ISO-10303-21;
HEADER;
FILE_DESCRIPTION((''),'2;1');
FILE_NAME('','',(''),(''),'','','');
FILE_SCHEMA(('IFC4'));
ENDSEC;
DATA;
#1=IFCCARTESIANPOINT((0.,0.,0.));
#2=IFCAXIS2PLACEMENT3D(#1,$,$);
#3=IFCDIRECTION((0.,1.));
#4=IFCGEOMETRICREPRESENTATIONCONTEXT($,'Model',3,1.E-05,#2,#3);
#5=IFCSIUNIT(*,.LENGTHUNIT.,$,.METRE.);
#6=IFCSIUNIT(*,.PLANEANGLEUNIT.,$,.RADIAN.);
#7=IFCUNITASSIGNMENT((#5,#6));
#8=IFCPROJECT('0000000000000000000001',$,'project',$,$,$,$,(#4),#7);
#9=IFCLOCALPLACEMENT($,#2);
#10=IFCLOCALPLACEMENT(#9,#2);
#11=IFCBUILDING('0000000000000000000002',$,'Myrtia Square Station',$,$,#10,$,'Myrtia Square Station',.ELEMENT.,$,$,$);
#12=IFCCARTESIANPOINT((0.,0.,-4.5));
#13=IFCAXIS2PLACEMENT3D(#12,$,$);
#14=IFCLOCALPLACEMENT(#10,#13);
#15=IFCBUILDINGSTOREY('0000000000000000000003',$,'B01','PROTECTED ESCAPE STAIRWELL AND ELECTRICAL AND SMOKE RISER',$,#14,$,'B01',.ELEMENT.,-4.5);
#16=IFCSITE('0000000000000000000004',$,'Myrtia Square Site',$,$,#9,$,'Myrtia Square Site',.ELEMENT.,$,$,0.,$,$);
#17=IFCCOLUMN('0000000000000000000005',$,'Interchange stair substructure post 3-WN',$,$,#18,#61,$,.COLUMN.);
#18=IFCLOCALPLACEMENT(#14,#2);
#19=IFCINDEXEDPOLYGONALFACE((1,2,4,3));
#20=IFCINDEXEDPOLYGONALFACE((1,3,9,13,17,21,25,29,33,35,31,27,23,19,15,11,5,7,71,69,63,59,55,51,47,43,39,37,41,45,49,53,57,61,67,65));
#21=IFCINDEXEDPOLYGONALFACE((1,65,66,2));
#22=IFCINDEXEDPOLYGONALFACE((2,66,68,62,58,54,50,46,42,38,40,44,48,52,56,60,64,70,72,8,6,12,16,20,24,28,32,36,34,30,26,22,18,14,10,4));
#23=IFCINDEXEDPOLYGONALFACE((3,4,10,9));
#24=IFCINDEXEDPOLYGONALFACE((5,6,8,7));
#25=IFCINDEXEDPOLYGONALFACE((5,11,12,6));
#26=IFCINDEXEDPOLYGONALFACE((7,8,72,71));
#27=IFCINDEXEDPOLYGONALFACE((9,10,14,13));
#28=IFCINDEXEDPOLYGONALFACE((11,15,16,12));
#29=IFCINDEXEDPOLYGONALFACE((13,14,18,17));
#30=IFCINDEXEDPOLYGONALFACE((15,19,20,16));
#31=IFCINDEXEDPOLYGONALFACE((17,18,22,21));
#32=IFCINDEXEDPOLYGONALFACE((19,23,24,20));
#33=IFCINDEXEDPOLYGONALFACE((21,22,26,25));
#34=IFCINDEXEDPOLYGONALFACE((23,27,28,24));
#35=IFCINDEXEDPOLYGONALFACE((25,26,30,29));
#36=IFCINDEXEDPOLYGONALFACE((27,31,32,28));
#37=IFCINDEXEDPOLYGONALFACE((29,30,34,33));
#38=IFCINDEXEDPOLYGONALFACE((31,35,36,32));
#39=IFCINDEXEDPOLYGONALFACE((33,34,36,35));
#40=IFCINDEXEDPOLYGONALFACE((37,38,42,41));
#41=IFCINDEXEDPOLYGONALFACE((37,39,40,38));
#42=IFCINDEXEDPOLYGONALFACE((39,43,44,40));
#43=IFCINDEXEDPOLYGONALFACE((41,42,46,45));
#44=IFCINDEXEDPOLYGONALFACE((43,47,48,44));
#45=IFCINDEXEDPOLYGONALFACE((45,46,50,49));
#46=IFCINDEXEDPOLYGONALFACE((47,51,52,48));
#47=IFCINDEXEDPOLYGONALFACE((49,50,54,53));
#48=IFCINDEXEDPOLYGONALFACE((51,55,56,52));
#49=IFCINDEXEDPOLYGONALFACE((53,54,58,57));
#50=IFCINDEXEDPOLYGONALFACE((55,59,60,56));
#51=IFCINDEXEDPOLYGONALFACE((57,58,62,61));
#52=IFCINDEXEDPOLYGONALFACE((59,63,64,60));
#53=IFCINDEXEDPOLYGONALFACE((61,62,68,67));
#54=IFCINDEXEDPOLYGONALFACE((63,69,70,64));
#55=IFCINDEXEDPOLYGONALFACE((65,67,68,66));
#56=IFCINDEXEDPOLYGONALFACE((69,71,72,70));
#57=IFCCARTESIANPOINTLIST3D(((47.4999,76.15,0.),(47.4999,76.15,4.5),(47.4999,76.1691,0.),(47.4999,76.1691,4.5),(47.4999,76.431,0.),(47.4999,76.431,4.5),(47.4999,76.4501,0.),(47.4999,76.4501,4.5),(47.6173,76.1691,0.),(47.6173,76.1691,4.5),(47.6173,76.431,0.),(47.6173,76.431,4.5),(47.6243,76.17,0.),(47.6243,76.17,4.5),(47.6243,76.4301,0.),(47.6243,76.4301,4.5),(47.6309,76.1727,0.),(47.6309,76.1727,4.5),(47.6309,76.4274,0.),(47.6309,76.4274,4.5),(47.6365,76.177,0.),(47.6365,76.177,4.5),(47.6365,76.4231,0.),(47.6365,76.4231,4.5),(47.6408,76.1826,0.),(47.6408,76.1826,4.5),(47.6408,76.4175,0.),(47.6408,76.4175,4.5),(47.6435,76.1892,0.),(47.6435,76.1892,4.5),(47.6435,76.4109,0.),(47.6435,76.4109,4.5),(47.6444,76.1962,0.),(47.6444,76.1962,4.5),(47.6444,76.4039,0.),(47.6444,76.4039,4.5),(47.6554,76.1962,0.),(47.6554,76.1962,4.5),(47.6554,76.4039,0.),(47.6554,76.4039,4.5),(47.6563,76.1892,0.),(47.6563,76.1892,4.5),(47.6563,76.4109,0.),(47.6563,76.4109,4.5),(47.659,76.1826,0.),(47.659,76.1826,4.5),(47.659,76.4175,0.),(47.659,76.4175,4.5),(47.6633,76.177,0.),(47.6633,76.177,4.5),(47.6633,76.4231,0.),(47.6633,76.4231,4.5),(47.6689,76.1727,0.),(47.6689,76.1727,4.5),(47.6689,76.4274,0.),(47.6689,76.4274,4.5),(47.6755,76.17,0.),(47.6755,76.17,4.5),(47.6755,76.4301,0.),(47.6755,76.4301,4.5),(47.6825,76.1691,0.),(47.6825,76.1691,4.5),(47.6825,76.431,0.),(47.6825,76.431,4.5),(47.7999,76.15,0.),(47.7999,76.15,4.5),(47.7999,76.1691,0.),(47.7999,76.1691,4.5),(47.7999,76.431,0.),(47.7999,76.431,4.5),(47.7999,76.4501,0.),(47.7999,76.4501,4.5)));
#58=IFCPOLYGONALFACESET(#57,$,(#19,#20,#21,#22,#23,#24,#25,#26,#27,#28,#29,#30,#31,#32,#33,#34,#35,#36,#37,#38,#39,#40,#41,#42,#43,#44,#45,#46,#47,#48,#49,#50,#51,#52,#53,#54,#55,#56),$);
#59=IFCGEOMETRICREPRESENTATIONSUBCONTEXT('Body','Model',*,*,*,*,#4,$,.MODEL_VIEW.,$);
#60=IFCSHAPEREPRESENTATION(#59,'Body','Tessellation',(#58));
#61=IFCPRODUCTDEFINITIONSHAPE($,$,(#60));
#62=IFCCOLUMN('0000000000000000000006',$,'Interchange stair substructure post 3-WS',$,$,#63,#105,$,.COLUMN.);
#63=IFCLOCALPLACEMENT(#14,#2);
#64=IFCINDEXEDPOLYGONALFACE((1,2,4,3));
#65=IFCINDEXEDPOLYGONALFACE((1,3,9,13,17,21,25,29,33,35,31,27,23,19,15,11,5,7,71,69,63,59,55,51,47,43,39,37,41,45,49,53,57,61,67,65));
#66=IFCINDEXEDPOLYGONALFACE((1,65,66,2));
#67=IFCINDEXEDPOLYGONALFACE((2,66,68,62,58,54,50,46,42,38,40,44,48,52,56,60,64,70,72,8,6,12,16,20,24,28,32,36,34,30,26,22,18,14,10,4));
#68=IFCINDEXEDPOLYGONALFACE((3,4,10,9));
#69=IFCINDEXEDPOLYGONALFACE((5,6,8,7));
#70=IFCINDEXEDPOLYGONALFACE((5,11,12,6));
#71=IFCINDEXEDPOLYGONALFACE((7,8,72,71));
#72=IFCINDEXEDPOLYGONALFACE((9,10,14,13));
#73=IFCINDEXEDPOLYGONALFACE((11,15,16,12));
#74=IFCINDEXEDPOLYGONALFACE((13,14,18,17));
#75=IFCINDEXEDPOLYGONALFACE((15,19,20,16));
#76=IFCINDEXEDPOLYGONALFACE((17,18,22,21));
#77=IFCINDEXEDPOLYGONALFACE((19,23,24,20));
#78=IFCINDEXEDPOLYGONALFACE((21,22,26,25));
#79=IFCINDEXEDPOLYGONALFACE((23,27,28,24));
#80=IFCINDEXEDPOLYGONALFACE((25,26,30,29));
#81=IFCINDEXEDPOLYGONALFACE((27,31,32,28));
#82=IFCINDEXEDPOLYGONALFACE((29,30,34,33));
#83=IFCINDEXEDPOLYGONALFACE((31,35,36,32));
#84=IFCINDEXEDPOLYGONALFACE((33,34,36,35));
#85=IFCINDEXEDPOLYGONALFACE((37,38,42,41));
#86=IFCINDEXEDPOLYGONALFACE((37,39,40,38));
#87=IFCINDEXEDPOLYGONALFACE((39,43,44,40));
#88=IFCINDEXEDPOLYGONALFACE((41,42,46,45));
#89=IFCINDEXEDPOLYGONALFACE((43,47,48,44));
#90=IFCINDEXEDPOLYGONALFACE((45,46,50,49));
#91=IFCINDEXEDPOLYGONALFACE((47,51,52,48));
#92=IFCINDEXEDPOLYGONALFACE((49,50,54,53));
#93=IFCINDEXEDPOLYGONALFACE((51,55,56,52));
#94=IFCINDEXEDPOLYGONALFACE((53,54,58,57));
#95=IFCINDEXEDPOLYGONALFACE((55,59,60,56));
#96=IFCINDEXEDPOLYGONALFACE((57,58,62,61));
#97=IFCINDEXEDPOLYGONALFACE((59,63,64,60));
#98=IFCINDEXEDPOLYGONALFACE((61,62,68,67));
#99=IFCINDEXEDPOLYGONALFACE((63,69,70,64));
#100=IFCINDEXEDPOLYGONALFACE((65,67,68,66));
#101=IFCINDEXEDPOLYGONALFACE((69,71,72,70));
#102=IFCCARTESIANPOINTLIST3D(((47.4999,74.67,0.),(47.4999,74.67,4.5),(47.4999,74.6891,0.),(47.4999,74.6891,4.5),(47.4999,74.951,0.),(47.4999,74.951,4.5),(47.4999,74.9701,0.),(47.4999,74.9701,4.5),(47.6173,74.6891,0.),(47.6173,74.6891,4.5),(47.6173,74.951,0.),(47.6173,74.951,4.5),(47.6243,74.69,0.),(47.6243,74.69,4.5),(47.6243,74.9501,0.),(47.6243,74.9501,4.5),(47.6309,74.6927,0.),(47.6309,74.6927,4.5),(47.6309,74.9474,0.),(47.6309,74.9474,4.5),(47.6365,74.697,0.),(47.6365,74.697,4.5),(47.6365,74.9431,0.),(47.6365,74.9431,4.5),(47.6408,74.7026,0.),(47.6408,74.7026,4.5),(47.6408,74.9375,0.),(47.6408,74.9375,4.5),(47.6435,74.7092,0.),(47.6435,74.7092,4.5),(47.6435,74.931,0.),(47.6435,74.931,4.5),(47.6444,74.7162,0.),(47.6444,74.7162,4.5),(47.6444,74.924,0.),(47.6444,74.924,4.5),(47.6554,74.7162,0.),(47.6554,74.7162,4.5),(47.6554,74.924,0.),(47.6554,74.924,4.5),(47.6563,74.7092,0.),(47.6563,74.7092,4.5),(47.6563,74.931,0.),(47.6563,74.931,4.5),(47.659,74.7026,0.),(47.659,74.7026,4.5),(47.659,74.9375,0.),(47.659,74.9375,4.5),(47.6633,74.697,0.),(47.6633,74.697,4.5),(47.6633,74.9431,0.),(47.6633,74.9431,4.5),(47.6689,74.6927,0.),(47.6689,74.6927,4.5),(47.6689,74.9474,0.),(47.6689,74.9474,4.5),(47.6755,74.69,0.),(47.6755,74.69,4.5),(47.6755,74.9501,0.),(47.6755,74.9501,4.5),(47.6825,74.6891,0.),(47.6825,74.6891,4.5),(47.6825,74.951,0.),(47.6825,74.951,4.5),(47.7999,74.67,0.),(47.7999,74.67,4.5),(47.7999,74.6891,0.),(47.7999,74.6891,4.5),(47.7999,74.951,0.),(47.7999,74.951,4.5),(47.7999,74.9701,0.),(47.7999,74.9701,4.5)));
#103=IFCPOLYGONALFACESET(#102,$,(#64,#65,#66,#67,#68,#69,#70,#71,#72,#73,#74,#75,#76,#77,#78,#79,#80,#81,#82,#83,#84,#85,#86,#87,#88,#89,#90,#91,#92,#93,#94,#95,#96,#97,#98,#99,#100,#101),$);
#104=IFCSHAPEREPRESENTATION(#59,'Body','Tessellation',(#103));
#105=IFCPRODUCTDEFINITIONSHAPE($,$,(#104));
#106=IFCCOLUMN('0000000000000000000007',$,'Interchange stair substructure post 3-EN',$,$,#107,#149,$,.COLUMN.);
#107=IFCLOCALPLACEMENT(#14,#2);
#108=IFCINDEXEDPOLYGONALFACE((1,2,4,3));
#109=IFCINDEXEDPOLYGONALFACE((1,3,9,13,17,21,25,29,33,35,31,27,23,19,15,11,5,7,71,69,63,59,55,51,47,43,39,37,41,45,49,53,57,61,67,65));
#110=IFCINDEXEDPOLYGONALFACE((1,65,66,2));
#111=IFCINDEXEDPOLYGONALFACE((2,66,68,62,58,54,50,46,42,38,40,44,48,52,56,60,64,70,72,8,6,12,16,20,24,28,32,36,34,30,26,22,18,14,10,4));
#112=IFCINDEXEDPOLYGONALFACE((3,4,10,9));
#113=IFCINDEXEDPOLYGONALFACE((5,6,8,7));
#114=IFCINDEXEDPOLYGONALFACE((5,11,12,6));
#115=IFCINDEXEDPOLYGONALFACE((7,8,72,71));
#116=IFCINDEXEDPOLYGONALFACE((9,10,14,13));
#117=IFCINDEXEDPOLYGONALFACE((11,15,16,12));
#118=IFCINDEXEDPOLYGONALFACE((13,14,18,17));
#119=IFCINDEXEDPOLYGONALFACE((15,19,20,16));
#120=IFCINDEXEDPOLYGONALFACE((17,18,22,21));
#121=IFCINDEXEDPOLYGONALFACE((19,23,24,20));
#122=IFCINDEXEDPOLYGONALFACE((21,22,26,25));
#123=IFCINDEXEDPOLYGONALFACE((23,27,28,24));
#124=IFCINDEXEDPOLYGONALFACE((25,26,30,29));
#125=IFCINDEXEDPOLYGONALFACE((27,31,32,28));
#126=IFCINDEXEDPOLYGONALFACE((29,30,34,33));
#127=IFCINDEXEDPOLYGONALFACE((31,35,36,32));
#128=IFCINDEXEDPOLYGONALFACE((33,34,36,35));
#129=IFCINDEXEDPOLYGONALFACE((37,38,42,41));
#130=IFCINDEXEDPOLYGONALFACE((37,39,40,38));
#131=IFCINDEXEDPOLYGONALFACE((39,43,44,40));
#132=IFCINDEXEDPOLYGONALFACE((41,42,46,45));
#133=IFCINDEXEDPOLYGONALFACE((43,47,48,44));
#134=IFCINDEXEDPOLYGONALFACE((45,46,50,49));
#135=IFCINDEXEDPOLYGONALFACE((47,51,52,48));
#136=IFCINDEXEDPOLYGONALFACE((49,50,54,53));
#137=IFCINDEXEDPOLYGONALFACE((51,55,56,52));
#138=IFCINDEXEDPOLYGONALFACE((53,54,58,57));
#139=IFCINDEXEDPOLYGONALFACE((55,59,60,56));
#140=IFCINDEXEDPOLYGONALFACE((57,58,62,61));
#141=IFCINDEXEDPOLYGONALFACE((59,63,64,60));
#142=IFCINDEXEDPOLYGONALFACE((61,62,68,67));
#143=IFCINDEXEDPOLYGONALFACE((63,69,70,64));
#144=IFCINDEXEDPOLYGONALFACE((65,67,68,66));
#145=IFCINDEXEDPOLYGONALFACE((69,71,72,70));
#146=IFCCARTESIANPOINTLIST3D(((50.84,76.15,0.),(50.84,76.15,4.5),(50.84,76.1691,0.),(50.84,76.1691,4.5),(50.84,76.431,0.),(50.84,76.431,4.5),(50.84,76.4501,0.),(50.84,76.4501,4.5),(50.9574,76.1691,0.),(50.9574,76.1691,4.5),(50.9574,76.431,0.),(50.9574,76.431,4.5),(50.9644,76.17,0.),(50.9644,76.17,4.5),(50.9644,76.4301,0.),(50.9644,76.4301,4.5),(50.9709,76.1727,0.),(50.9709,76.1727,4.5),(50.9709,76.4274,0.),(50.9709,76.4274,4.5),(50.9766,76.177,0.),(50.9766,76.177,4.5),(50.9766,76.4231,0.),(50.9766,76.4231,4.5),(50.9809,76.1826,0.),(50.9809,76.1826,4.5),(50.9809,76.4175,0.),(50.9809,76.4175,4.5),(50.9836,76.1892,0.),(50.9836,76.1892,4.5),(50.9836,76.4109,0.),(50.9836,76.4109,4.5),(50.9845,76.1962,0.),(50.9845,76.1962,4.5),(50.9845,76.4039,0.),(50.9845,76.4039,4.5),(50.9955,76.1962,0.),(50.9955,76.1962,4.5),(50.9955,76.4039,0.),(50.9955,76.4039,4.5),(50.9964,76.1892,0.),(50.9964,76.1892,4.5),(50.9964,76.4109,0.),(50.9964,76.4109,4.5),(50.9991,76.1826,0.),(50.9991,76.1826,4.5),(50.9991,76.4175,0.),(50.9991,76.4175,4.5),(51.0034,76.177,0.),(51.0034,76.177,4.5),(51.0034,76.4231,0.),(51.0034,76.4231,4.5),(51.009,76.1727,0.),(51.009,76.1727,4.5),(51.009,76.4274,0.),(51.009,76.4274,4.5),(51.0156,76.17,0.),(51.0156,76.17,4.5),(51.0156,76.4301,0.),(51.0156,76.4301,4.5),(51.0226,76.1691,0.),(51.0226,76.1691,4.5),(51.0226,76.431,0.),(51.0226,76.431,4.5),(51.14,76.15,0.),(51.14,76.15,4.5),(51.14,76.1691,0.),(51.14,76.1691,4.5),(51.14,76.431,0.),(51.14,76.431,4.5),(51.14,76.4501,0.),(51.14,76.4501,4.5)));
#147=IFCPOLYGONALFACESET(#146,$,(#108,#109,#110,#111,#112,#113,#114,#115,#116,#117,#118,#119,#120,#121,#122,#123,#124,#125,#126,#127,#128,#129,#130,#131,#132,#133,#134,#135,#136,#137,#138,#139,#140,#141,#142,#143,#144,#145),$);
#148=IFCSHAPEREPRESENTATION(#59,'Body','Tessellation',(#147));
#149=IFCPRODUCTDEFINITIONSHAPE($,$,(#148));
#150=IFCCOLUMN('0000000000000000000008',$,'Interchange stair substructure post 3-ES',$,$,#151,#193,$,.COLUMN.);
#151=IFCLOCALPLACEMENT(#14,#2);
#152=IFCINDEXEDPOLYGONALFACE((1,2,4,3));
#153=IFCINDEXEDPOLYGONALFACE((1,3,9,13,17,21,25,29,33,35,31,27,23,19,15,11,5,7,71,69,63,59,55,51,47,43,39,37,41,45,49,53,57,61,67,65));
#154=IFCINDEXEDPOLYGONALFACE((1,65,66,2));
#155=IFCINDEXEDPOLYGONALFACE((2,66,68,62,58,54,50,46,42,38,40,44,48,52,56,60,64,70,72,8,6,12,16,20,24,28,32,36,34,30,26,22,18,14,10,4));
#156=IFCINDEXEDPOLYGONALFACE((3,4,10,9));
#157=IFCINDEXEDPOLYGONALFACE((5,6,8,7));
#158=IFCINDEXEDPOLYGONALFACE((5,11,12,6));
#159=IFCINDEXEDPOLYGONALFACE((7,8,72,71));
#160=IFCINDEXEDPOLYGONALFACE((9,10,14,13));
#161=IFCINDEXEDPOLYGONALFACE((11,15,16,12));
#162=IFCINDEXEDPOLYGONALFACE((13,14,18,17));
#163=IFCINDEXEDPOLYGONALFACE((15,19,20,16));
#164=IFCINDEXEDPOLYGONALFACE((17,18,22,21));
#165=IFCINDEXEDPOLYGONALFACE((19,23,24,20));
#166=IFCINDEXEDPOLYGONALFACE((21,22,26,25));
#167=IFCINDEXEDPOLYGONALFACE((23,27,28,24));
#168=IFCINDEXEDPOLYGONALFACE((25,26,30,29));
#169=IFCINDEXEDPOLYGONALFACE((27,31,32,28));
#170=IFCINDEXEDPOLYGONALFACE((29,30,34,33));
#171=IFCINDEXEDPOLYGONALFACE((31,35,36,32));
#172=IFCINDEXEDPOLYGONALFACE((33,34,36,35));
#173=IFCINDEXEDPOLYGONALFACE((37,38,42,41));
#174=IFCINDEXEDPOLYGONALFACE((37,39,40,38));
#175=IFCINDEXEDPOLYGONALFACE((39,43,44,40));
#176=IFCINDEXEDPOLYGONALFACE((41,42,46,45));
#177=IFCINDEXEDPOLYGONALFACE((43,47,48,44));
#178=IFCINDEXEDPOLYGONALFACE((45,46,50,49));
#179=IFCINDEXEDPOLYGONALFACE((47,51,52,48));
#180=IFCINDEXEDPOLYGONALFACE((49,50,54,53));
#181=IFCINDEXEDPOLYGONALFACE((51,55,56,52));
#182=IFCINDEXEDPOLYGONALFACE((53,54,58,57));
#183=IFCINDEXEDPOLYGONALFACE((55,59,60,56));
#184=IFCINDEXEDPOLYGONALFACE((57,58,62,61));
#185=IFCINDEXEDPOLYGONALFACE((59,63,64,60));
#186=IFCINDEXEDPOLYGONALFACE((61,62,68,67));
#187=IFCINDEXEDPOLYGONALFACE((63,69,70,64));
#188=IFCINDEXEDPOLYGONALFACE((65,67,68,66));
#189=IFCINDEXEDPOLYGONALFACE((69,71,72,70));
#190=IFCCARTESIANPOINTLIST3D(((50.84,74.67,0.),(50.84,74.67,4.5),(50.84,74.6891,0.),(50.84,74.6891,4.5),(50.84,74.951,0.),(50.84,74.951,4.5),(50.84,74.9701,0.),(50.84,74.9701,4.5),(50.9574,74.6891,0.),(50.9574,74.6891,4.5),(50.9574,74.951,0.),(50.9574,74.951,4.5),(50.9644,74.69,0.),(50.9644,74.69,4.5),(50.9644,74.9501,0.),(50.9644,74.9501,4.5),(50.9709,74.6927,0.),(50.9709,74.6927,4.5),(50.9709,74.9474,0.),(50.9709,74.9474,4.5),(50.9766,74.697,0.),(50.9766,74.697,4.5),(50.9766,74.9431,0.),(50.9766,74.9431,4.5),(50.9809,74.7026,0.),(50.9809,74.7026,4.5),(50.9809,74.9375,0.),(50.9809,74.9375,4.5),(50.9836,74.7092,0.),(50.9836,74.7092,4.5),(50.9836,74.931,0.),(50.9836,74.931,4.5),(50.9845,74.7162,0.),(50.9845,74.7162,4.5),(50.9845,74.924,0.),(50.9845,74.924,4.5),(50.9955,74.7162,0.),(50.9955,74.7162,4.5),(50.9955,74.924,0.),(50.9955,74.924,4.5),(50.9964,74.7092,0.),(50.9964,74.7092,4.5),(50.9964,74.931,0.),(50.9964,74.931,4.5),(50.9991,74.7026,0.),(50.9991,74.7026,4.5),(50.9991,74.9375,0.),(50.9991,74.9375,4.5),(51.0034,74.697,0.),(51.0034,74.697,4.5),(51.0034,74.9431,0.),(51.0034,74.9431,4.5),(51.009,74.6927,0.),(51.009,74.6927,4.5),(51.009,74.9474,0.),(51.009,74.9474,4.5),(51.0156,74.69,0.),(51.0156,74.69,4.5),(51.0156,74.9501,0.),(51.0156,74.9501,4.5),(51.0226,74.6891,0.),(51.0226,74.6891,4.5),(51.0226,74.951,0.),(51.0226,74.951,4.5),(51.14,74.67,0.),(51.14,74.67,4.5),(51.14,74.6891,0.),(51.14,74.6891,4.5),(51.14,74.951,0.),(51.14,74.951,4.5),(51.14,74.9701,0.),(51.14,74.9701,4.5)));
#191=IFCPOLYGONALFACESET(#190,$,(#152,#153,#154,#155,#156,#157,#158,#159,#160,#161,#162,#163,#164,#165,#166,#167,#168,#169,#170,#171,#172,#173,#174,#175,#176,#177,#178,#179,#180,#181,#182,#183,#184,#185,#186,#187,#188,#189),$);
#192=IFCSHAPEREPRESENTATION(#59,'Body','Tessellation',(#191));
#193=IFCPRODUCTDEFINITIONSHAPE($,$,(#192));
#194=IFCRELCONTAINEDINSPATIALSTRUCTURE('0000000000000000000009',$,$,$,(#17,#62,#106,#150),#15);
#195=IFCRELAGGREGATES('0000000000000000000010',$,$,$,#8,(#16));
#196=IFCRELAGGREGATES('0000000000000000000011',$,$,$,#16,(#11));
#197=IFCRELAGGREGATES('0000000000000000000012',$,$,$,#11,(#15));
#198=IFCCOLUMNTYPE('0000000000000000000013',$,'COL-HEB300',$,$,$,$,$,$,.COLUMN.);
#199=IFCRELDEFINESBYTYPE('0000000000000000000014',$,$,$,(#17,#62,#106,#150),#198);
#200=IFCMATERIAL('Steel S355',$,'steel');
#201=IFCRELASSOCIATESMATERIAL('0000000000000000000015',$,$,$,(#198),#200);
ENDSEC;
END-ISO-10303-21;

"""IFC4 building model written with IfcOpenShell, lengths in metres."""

from ifc_helpers import new_model, si_unit, direction, frame, origin, origin_2d, place, context, subcontext, project, spatial, i_section, extrude, material, material_profile, profile_set, type_object, element, save


model = new_model("IFC4")

# Units and contexts
model_context = context("Model", 3, precision=1e-05, world=origin(), true_north=direction((0.0, 1.0)))
body_context = subcontext(model_context, "Body", "Model", "MODEL_VIEW")
ifc_project = project(units=[si_unit("LENGTHUNIT", "METRE"), si_unit("PLANEANGLEUNIT", "RADIAN")], contexts=[model_context])

# Site, building, storey
site_placement = place(None, origin())
site = spatial("IfcSite", under=ifc_project, at=site_placement, Name="Myrtia Square Site", LongName="Myrtia Square Site", CompositionType="ELEMENT", RefElevation=0.0)
building_placement = place(site_placement, origin())
building = spatial("IfcBuilding", under=site, at=building_placement, Name="Myrtia Square Station", LongName="Myrtia Square Station", CompositionType="ELEMENT")
storey_placement = place(building_placement, frame((0.0, 0.0, -4.5)))
storey = spatial("IfcBuildingStorey", under=building, at=storey_placement, Name="B01", Description="PROTECTED ESCAPE STAIRWELL AND ELECTRICAL AND SMOKE RISER", LongName="B01", CompositionType="ELEMENT", Elevation=-4.5)

# Columns
ifc_material_1 = material(Name="Steel S355", Category="steel")
ifc_material_profile_1 = material_profile(ifc_material_1, i_section(OverallWidth=0.3, OverallDepth=0.3, WebThickness=0.011, FlangeThickness=0.019, FilletRadius=0.0271, at=origin_2d()), Name="HEB 300")
ifc_profile_set_1 = profile_set([ifc_material_profile_1], Name="Steel S355")
column_type_1 = type_object("IfcColumnType", Name="COL-HEB300", PredefinedType="COLUMN", material=ifc_profile_set_1)
for number, where, z_axis, x_axis, name in (
    (1, (47.6499, 76.3, 0.0), (0.0, 0.0, 1.0), (1.0, 0.0, 0.0), "Interchange stair substructure post 3-WN"),
    (2, (47.6499, 74.8201, 0.0), (0.0, 0.0, 1.0), (1.0, 0.0, 0.0), "Interchange stair substructure post 3-WS"),
    (3, (50.99, 76.3, 0.0), (0.0, 0.0, 1.0), (1.0, 0.0, 0.0), "Interchange stair substructure post 3-EN"),
    (4, (50.99, 74.8201, 0.0), (0.0, 0.0, 1.0), (1.0, 0.0, 0.0), "Interchange stair substructure post 3-ES"),
):
    element("IfcColumn", number, at=place(storey_placement, frame(where, z_axis=z_axis, x_axis=x_axis)), inside=storey, type_object=column_type_1, Name=name, PredefinedType="COLUMN", context=body_context, shape_type="SweptSolid", body=[
        extrude(i_section(OverallWidth=0.3, OverallDepth=0.3, WebThickness=0.011, FlangeThickness=0.019, FilletRadius=0.0271, at=origin_2d()), origin(), (0.0, 0.0, 1.0), 4.5),
    ])

save(model, "model.ifc")
